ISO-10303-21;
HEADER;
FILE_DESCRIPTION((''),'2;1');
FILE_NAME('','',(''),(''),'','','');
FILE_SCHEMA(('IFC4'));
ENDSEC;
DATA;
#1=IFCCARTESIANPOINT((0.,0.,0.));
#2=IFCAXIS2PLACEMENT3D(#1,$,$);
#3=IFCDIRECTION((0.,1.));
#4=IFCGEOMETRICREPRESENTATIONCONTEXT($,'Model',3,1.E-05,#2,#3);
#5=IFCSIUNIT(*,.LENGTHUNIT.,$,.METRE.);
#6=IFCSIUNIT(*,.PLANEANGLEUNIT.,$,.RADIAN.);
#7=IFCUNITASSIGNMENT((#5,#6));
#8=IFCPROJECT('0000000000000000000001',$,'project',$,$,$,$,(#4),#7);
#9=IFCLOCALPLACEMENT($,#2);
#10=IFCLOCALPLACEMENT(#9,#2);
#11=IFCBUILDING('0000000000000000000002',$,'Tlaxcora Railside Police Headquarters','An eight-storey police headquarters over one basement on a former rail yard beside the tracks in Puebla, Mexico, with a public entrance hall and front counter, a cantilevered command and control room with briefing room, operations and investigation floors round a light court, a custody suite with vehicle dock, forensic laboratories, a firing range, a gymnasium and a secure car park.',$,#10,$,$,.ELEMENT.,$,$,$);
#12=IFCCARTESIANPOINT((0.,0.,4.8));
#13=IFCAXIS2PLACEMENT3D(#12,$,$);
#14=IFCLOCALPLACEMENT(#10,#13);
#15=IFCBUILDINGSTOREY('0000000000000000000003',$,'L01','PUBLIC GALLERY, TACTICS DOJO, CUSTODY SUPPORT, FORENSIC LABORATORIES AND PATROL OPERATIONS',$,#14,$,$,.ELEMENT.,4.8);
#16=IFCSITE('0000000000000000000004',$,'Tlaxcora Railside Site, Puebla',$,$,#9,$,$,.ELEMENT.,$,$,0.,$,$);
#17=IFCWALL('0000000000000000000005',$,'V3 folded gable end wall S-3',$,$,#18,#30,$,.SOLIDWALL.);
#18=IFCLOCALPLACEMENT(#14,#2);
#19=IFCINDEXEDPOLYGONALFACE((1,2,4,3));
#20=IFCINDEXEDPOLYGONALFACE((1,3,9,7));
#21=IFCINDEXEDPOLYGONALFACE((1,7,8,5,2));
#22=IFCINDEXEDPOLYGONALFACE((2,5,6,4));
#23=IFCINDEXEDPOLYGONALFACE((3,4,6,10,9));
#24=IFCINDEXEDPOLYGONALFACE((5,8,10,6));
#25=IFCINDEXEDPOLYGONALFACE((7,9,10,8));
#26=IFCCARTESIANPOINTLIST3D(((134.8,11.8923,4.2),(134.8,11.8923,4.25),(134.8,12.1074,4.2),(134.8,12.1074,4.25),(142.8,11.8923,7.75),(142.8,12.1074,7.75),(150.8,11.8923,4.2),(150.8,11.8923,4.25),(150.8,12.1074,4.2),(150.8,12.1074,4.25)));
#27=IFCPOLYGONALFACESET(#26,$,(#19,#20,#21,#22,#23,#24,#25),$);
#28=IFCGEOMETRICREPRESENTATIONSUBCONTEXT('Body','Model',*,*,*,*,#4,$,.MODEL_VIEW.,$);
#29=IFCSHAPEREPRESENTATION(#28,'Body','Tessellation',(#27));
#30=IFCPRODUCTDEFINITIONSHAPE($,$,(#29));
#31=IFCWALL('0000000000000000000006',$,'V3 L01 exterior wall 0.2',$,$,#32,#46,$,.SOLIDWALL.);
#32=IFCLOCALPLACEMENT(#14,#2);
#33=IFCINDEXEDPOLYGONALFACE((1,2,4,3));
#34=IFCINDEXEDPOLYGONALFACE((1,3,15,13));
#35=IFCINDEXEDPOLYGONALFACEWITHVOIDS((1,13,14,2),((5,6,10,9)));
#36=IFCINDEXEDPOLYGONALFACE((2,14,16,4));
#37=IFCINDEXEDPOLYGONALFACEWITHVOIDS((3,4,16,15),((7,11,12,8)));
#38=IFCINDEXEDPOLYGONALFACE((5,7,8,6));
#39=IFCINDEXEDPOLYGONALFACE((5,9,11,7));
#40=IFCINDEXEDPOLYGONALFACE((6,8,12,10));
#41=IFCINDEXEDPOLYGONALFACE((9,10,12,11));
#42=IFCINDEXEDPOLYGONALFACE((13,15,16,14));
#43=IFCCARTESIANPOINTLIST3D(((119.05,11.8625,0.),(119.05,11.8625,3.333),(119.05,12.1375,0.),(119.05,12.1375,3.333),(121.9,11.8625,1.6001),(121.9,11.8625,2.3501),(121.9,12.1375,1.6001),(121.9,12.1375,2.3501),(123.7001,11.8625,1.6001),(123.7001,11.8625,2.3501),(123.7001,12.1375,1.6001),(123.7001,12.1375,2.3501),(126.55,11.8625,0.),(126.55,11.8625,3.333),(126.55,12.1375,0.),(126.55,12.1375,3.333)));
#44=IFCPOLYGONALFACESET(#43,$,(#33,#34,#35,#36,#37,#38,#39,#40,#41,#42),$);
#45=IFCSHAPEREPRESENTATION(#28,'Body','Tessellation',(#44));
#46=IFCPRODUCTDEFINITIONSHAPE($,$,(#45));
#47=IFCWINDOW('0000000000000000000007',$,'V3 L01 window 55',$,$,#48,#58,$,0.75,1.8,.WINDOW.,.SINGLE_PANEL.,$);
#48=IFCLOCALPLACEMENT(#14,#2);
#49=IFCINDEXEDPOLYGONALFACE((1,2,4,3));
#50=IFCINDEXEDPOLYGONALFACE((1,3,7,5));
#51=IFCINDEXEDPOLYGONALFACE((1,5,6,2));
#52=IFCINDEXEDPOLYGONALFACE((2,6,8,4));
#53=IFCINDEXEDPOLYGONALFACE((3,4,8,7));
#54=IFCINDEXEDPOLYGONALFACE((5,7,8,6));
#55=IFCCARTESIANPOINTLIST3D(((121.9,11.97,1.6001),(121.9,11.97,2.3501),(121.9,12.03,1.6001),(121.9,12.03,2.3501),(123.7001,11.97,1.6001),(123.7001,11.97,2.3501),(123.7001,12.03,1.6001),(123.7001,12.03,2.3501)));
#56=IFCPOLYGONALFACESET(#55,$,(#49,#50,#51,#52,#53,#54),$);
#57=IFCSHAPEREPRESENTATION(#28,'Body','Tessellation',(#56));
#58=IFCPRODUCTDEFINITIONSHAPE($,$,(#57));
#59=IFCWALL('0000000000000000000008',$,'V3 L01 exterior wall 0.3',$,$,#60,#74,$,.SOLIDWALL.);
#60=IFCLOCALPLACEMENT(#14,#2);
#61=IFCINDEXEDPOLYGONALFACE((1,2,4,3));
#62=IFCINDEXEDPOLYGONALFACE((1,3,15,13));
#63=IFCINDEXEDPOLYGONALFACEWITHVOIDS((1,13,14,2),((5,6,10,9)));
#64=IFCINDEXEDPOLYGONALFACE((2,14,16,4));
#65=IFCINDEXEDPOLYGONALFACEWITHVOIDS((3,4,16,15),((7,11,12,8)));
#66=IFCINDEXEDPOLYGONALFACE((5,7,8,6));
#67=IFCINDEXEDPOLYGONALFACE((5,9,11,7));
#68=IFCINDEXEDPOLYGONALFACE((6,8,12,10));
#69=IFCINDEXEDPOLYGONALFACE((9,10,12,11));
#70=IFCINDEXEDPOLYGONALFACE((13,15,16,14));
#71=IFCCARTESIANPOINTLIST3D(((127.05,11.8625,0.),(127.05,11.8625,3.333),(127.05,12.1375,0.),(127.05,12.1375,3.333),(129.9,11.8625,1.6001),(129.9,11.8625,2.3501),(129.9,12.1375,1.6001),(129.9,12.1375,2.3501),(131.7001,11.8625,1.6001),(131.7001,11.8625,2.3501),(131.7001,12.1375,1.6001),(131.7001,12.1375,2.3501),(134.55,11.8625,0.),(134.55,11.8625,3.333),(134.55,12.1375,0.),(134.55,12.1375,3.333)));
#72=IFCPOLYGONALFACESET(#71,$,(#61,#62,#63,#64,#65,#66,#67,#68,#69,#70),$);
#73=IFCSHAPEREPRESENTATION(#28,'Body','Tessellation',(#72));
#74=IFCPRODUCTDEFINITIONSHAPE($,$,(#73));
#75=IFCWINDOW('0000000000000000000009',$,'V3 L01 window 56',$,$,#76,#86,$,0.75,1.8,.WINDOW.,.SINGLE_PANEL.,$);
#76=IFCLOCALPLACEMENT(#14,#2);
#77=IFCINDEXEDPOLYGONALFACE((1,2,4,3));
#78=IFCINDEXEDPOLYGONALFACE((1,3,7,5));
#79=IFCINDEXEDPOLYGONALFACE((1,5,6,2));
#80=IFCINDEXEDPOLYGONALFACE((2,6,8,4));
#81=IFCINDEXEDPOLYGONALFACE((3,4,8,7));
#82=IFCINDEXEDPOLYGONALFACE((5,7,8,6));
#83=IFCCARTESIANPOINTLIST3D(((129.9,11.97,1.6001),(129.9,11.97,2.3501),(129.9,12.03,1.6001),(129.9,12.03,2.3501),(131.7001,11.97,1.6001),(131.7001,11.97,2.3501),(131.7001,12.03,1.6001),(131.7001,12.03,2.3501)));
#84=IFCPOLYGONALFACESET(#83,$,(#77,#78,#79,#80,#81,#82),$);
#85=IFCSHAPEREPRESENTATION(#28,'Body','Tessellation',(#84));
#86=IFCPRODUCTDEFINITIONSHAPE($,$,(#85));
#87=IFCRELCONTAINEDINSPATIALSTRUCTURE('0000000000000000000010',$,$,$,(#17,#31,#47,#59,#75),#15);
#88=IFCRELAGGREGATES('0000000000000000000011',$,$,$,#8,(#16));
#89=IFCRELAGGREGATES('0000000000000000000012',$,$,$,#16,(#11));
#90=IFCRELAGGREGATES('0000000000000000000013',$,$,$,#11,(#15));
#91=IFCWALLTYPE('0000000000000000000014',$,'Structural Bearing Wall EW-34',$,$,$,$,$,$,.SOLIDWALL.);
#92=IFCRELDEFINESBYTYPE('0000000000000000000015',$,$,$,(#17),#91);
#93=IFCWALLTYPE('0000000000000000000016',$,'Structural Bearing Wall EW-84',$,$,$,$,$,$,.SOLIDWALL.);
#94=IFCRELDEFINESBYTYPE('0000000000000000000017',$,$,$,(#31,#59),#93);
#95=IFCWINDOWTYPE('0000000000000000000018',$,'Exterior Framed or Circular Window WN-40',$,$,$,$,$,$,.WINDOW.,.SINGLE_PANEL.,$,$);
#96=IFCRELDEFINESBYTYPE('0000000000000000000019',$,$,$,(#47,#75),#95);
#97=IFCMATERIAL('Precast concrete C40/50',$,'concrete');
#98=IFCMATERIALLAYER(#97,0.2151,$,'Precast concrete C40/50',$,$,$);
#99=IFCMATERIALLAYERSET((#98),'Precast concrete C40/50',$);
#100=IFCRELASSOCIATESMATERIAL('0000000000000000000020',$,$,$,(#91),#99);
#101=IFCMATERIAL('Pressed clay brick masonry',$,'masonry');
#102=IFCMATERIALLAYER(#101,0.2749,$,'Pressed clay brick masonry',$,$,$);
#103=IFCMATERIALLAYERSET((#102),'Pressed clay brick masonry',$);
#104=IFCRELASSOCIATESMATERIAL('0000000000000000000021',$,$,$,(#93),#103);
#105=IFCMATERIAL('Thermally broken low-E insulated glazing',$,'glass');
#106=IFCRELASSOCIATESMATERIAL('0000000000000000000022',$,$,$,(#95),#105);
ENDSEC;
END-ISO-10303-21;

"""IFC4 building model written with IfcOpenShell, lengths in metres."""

from ifc_helpers import new_model, si_unit, direction, frame, frame_2d, origin, place, context, subcontext, project, spatial, polyline, rectangle, outline, extrude, material, layer, layer_set, type_object, element, fill, save


model = new_model("IFC4")

# Units and contexts
model_context = context("Model", 3, precision=1e-05, world=origin(), true_north=direction((0.0, 1.0)))
body_context = subcontext(model_context, "Body", "Model", "MODEL_VIEW")
ifc_project = project(units=[si_unit("LENGTHUNIT", "METRE"), si_unit("PLANEANGLEUNIT", "RADIAN")], contexts=[model_context])

# Site, building, storey
site_placement = place(None, origin())
site = spatial("IfcSite", under=ifc_project, at=site_placement, Name="Tlaxcora Railside Site, Puebla", CompositionType="ELEMENT", RefElevation=0.0)
building_placement = place(site_placement, origin())
building = spatial("IfcBuilding", under=site, at=building_placement, Name="Tlaxcora Railside Police Headquarters", Description="An eight-storey police headquarters over one basement on a former rail yard beside the tracks in Puebla, Mexico, with a public entrance hall and front counter, a cantilevered command and control room with briefing room, operations and investigation floors round a light court, a custody suite with vehicle dock, forensic laboratories, a firing range, a gymnasium and a secure car park.", CompositionType="ELEMENT")
storey_placement = place(building_placement, frame((0.0, 0.0, 4.8)))
storey = spatial("IfcBuildingStorey", under=building, at=storey_placement, Name="L01", Description="PUBLIC GALLERY, TACTICS DOJO, CUSTODY SUPPORT, FORENSIC LABORATORIES AND PATROL OPERATIONS", CompositionType="ELEMENT", Elevation=4.8)

# Wall
ifc_material_1 = material(Name="Precast concrete C40/50", Category="concrete")
ifc_layer_1 = layer(ifc_material_1, 0.2151, Name="Precast concrete C40/50")
ifc_layer_set_1 = layer_set([ifc_layer_1], Name="Precast concrete C40/50")
wall_type_1 = type_object("IfcWallType", Name="Structural Bearing Wall EW-34", PredefinedType="SOLIDWALL", material=ifc_layer_set_1)
wall_1_placement = place(storey_placement, frame((134.8, 12.0, 4.2), z_axis=(0.0, 0.0, 1.0), x_axis=(1.0, 0.0, 0.0)))
element("IfcWall", 1, at=wall_1_placement, inside=storey, type_object=wall_type_1, Name="V3 folded gable end wall S-3", PredefinedType="SOLIDWALL", context=body_context, shape_type="SweptSolid", body=[
    extrude(outline(polyline([(0.0, 0.0), (16.0, 0.0), (16.0, 0.05), (8.0, 3.55), (0.0, 0.05), (0.0, 0.0)])), frame((0.0, 0.1074, 0.0), z_axis=(0.0, -1.0, 0.0), x_axis=(1.0, 0.0, 0.0)), (0.0, 0.0, 1.0), 0.2151),
])

# Walls, openings, windows
ifc_material_2 = material(Name="Pressed clay brick masonry", Category="masonry")
ifc_layer_2 = layer(ifc_material_2, 0.2749, Name="Pressed clay brick masonry")
ifc_layer_set_2 = layer_set([ifc_layer_2], Name="Pressed clay brick masonry")
wall_type_2 = type_object("IfcWallType", Name="Structural Bearing Wall EW-84", PredefinedType="SOLIDWALL", material=ifc_layer_set_2)
wall_2_placement = place(storey_placement, frame((119.05, 12.0, 0.0), z_axis=(0.0, 0.0, 1.0), x_axis=(1.0, 0.0, 0.0)))
wall_2 = element("IfcWall", 2, at=wall_2_placement, inside=storey, type_object=wall_type_2, Name="V3 L01 exterior wall 0.2", PredefinedType="SOLIDWALL", context=body_context, shape_type="SweptSolid", body=[
    extrude(rectangle(XDim=7.5, YDim=0.2749, at=frame_2d((3.75, 0.0))), origin(), (0.0, 0.0, 1.0), 3.333),
])
opening_1_placement = place(wall_2_placement, frame((2.8501, 0.0, 1.6001)))
opening_1 = element("IfcOpeningElement", 3, at=opening_1_placement, cuts=wall_2, PredefinedType="OPENING", context=body_context, shape_type="SweptSolid", body=[
    extrude(rectangle(XDim=1.8, YDim=0.75, at=frame_2d((0.8999, 0.375))), frame((0.0, 0.1475, 0.0), z_axis=(0.0, -1.0, 0.0), x_axis=(1.0, 0.0, 0.0)), (0.0, 0.0, 1.0), 0.2949),
])
ifc_material_3 = material(Name="Thermally broken low-E insulated glazing", Category="glass")
window_type = type_object("IfcWindowType", Name="Exterior Framed or Circular Window WN-40", PartitioningType="SINGLE_PANEL", PredefinedType="WINDOW", material=ifc_material_3)
window_1_placement = place(opening_1_placement, origin())
window_1 = element("IfcWindow", 4, at=window_1_placement, inside=storey, type_object=window_type, Name="V3 L01 window 55", OverallHeight=0.75, OverallWidth=1.8, PartitioningType="SINGLE_PANEL", PredefinedType="WINDOW", context=body_context, shape_type="SweptSolid", body=[
    extrude(rectangle(XDim=1.8, YDim=0.75, at=frame_2d((0.8999, 0.375))), frame((0.0, 0.03, 0.0), z_axis=(0.0, -1.0, 0.0), x_axis=(1.0, 0.0, 0.0)), (0.0, 0.0, 1.0), 0.0601),
])
fill(opening_1, window_1)
wall_3_placement = place(storey_placement, frame((127.05, 12.0, 0.0), z_axis=(0.0, 0.0, 1.0), x_axis=(1.0, 0.0, 0.0)))
wall_3 = element("IfcWall", 5, at=wall_3_placement, inside=storey, type_object=wall_type_2, Name="V3 L01 exterior wall 0.3", PredefinedType="SOLIDWALL", context=body_context, shape_type="SweptSolid", body=[
    extrude(rectangle(XDim=7.5, YDim=0.2749, at=frame_2d((3.75, 0.0))), origin(), (0.0, 0.0, 1.0), 3.333),
])
opening_2_placement = place(wall_3_placement, frame((2.8501, 0.0, 1.6001)))
opening_2 = element("IfcOpeningElement", 6, at=opening_2_placement, cuts=wall_3, PredefinedType="OPENING", context=body_context, shape_type="SweptSolid", body=[
    extrude(rectangle(XDim=1.8, YDim=0.75, at=frame_2d((0.8999, 0.375))), frame((0.0, 0.1475, 0.0), z_axis=(0.0, -1.0, 0.0), x_axis=(1.0, 0.0, 0.0)), (0.0, 0.0, 1.0), 0.2949),
])
window_2_placement = place(opening_2_placement, origin())
window_2 = element("IfcWindow", 7, at=window_2_placement, inside=storey, type_object=window_type, Name="V3 L01 window 56", OverallHeight=0.75, OverallWidth=1.8, PartitioningType="SINGLE_PANEL", PredefinedType="WINDOW", context=body_context, shape_type="SweptSolid", body=[
    extrude(rectangle(XDim=1.8, YDim=0.75, at=frame_2d((0.8999, 0.375))), frame((0.0, 0.03, 0.0), z_axis=(0.0, -1.0, 0.0), x_axis=(1.0, 0.0, 0.0)), (0.0, 0.0, 1.0), 0.0601),
])
fill(opening_2, window_2)

save(model, "model.ifc")
